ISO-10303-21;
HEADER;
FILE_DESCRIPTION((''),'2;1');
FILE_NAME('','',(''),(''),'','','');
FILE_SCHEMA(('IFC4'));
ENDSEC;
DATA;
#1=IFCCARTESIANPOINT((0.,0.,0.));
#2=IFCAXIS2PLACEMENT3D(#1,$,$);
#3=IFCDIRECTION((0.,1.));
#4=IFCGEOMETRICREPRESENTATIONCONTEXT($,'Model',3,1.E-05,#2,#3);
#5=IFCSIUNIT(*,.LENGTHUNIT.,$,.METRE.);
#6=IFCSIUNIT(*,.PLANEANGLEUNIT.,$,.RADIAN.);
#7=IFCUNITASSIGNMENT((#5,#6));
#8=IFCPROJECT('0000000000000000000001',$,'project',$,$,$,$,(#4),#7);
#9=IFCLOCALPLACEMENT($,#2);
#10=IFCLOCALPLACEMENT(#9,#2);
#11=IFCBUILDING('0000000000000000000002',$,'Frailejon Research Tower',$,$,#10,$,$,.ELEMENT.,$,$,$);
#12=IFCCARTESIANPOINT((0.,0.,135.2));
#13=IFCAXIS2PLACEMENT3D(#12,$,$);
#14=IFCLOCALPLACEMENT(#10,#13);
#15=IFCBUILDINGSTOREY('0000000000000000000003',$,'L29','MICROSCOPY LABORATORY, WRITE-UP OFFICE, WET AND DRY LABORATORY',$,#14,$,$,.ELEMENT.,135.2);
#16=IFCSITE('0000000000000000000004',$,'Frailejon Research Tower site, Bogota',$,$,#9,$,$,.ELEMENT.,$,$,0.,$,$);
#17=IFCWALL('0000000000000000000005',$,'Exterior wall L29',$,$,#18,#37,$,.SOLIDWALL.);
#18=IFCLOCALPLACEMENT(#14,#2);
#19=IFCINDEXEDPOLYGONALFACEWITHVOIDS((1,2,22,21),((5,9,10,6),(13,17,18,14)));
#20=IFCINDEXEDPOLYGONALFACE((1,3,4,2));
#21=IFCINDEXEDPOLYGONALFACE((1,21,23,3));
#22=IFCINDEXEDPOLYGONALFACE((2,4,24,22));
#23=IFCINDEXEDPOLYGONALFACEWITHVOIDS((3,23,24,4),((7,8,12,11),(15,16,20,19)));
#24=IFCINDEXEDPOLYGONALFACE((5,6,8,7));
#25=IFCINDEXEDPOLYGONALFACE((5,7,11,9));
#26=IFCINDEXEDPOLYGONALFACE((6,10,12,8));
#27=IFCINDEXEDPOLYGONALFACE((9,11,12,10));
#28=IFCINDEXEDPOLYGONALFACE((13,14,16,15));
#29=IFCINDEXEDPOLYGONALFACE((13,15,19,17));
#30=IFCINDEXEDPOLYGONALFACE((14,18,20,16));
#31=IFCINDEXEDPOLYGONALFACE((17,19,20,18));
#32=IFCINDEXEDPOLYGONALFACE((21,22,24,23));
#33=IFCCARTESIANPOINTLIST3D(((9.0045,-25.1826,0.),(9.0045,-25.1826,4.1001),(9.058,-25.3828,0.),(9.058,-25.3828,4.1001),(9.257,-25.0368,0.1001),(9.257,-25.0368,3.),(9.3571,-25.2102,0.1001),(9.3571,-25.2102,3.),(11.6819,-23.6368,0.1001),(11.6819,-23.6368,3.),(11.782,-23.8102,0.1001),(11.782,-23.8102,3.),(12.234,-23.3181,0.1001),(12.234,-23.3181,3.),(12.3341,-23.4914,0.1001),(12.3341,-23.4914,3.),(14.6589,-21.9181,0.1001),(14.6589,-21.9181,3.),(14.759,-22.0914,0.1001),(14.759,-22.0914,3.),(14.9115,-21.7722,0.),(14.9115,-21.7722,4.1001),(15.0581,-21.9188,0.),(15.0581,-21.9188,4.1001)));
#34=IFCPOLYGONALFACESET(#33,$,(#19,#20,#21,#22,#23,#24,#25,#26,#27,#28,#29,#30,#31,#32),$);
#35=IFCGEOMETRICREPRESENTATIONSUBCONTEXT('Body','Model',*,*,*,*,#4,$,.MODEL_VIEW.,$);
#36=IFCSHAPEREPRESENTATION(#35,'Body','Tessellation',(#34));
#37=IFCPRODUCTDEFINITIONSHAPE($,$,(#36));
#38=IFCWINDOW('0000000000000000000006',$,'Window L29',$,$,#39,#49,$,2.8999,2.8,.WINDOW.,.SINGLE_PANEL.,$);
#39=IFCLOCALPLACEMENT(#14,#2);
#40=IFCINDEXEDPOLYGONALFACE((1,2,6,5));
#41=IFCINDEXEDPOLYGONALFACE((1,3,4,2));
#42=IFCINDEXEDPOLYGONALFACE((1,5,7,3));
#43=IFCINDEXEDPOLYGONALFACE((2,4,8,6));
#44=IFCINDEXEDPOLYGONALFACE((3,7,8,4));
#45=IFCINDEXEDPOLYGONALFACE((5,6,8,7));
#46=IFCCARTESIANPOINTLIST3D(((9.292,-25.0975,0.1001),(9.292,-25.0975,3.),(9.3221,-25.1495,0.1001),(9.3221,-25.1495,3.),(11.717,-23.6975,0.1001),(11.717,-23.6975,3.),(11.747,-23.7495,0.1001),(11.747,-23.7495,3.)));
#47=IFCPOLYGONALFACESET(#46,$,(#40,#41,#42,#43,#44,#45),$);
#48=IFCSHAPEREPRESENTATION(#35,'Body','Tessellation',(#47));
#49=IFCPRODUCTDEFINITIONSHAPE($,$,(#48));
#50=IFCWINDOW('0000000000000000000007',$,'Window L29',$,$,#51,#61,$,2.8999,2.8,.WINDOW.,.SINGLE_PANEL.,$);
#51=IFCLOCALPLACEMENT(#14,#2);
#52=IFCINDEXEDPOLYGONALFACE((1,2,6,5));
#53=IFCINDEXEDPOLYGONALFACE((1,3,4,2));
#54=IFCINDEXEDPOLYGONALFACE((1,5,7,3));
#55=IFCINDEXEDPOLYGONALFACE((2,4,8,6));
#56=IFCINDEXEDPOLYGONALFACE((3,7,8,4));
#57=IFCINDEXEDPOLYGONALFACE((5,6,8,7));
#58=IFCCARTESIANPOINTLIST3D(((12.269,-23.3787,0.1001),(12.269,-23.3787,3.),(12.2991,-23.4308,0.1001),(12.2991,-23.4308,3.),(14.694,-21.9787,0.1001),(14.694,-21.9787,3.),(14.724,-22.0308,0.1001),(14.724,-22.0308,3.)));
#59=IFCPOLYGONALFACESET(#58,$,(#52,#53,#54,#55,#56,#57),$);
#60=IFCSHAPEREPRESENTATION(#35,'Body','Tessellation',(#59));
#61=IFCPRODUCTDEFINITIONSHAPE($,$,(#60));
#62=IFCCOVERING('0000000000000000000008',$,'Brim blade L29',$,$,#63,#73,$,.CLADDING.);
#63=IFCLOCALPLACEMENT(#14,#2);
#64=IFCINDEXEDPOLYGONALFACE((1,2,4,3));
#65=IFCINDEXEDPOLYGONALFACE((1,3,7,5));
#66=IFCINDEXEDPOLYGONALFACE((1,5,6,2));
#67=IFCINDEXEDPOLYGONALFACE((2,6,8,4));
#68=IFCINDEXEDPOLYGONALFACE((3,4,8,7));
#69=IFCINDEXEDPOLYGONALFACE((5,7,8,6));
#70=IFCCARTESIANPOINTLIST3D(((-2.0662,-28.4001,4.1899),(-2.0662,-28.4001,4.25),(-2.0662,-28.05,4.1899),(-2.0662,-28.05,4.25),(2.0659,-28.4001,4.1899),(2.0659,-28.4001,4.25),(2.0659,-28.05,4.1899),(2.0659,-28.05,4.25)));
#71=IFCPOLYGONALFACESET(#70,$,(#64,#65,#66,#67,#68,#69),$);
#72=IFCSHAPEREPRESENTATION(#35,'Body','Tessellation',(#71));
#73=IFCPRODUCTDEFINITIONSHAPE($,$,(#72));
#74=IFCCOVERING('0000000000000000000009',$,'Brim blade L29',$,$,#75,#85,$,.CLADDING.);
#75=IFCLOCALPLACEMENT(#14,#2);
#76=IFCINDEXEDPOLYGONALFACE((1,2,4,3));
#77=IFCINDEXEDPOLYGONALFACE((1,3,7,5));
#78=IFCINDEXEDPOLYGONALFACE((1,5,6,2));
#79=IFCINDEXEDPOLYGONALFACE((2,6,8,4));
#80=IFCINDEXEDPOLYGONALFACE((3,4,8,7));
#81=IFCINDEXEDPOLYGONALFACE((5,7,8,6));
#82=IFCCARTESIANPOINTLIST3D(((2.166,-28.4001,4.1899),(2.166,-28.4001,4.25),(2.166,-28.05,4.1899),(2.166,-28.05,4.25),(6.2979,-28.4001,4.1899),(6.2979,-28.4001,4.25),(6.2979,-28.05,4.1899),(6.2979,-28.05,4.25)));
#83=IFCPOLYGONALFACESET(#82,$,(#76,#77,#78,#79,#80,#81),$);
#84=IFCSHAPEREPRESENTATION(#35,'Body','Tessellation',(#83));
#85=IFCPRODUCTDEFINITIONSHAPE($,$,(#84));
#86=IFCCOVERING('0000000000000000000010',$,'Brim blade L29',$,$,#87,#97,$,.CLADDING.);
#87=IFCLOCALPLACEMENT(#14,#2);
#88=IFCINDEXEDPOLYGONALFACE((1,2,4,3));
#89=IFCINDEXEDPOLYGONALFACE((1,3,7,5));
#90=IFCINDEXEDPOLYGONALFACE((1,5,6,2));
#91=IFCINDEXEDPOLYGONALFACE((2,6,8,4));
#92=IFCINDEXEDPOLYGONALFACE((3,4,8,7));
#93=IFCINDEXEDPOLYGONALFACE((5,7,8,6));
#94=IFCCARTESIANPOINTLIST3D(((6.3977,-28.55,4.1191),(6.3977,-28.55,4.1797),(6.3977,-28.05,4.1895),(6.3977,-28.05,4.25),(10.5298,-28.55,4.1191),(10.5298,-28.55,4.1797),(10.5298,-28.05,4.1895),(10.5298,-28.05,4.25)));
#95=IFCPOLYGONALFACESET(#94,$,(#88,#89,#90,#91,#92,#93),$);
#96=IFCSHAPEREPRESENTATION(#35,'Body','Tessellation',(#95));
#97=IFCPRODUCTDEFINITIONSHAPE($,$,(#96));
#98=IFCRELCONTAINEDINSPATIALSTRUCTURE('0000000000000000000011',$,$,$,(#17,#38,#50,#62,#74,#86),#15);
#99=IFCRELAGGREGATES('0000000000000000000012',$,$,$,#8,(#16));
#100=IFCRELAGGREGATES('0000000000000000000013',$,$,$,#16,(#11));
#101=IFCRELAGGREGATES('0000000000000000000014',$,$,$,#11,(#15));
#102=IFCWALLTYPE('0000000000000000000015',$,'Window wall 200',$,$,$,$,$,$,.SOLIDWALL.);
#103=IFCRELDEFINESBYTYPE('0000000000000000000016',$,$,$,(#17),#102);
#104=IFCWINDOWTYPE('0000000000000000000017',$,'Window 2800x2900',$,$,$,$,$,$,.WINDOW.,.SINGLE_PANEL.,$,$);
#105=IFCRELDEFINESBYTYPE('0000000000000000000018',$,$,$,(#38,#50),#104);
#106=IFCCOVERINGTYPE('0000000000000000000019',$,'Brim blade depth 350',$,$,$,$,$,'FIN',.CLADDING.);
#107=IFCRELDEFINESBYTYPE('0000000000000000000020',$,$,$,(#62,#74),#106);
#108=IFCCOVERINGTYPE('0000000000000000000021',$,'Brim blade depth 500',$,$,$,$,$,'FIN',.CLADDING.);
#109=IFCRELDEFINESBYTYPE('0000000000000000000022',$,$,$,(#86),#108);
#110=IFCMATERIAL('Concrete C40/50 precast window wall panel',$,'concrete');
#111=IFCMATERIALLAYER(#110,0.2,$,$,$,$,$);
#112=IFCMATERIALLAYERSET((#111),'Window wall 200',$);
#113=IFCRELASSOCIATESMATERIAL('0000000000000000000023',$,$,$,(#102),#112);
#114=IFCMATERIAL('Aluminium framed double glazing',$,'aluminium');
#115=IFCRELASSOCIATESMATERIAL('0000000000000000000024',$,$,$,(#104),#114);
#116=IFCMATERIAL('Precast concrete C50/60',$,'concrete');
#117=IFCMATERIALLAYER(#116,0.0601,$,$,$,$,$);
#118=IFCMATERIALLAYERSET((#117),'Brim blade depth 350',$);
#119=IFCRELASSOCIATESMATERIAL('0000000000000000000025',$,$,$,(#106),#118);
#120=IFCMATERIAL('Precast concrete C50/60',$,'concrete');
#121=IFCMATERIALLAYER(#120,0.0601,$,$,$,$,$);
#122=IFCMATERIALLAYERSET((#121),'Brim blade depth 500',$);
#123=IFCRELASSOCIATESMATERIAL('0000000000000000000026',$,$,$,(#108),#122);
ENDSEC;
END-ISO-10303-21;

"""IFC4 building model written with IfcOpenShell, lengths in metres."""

from ifc_helpers import new_model, si_unit, direction, frame, frame_2d, origin, place, context, subcontext, project, spatial, polyline, rectangle, outline, extrude, material, layer, layer_set, type_object, element, fill, save


model = new_model("IFC4")

# Units and contexts
model_context = context("Model", 3, precision=1e-05, world=origin(), true_north=direction((0.0, 1.0)))
body_context = subcontext(model_context, "Body", "Model", "MODEL_VIEW")
ifc_project = project(units=[si_unit("LENGTHUNIT", "METRE"), si_unit("PLANEANGLEUNIT", "RADIAN")], contexts=[model_context])

# Site, building, storey
site_placement = place(None, origin())
site = spatial("IfcSite", under=ifc_project, at=site_placement, Name="Frailejon Research Tower site, Bogota", CompositionType="ELEMENT", RefElevation=0.0)
building_placement = place(site_placement, origin())
building = spatial("IfcBuilding", under=site, at=building_placement, Name="Frailejon Research Tower", CompositionType="ELEMENT")
storey_placement = place(building_placement, frame((0.0, 0.0, 135.2)))
storey = spatial("IfcBuildingStorey", under=building, at=storey_placement, Name="L29", Description="MICROSCOPY LABORATORY, WRITE-UP OFFICE, WET AND DRY LABORATORY", CompositionType="ELEMENT", Elevation=135.2)

# Wall, openings, windows
ifc_material_1 = material(Name="Concrete C40/50 precast window wall panel", Category="concrete")
ifc_layer_1 = layer(ifc_material_1, 0.2)
ifc_layer_set_1 = layer_set([ifc_layer_1], Name="Window wall 200")
wall_type = type_object("IfcWallType", Name="Window wall 200", PredefinedType="SOLIDWALL", material=ifc_layer_set_1)
wall_placement = place(storey_placement, frame((9.0312, -25.2827, 0.0), z_axis=(0.0, 0.0, 1.0), x_axis=(0.866029, 0.499993, 0.0)))
wall = element("IfcWall", 1, at=wall_placement, inside=storey, type_object=wall_type, Name="Exterior wall L29", PredefinedType="SOLIDWALL", context=body_context, shape_type="SweptSolid", body=[
    extrude(outline(polyline([(-0.0269, -0.1001), (1.1279, -0.1001), (2.2825, -0.1001), (3.4373, -0.1001), (4.592, -0.1001), (5.7466, -0.1001), (6.9014, -0.1001), (6.8477, 0.1001), (5.7109, 0.1001), (4.574, 0.1001), (3.4373, 0.1001), (2.3005, 0.1001), (1.1636, 0.1001), (0.0269, 0.1001), (-0.0269, -0.1001)])), origin(), (0.0, 0.0, 1.0), 4.1001),
])
opening_1_placement = place(wall_placement, frame((0.3186, 0.0, 0.1001)))
opening_1 = element("IfcOpeningElement", 2, at=opening_1_placement, cuts=wall, PredefinedType="OPENING", context=body_context, shape_type="SweptSolid", body=[
    extrude(rectangle(XDim=2.8, YDim=2.8999, at=frame_2d((1.3999, 1.45))), frame((0.0, 0.1099, 0.0), z_axis=(0.0, -1.0, 0.0), x_axis=(1.0, 0.0, 0.0)), (0.0, 0.0, 1.0), 0.22),
])
opening_2_placement = place(wall_placement, frame((3.7561, 0.0, 0.1001)))
opening_2 = element("IfcOpeningElement", 3, at=opening_2_placement, cuts=wall, PredefinedType="OPENING", context=body_context, shape_type="SweptSolid", body=[
    extrude(rectangle(XDim=2.8, YDim=2.8999, at=frame_2d((1.3999, 1.45))), frame((0.0, 0.1099, 0.0), z_axis=(0.0, -1.0, 0.0), x_axis=(1.0, 0.0, 0.0)), (0.0, 0.0, 1.0), 0.22),
])
ifc_material_2 = material(Name="Aluminium framed double glazing", Category="aluminium")
window_type = type_object("IfcWindowType", Name="Window 2800x2900", PartitioningType="SINGLE_PANEL", PredefinedType="WINDOW", material=ifc_material_2)
window_1_placement = place(opening_1_placement, origin())
window_1 = element("IfcWindow", 4, at=window_1_placement, inside=storey, type_object=window_type, Name="Window L29", OverallHeight=2.8999, OverallWidth=2.8, PartitioningType="SINGLE_PANEL", PredefinedType="WINDOW", context=body_context, shape_type="SweptSolid", body=[
    extrude(rectangle(XDim=2.8, YDim=2.8999, at=frame_2d((1.3999, 1.45))), frame((0.0, 0.03, 0.0), z_axis=(0.0, -1.0, 0.0), x_axis=(1.0, 0.0, 0.0)), (0.0, 0.0, 1.0), 0.0601),
])
fill(opening_1, window_1)
window_2_placement = place(opening_2_placement, origin())
window_2 = element("IfcWindow", 5, at=window_2_placement, inside=storey, type_object=window_type, Name="Window L29", OverallHeight=2.8999, OverallWidth=2.8, PartitioningType="SINGLE_PANEL", PredefinedType="WINDOW", context=body_context, shape_type="SweptSolid", body=[
    extrude(rectangle(XDim=2.8, YDim=2.8999, at=frame_2d((1.3999, 1.45))), frame((0.0, 0.03, 0.0), z_axis=(0.0, -1.0, 0.0), x_axis=(1.0, 0.0, 0.0)), (0.0, 0.0, 1.0), 0.0601),
])
fill(opening_2, window_2)

# Coverings
ifc_material_3 = material(Name="Precast concrete C50/60", Category="concrete")
ifc_layer_2 = layer(ifc_material_3, 0.0601)
ifc_layer_set_2 = layer_set([ifc_layer_2], Name="Brim blade depth 350")
covering_type_1 = type_object("IfcCoveringType", Name="Brim blade depth 350", ElementType="FIN", PredefinedType="CLADDING", material=ifc_layer_set_2)
covering_1_placement = place(storey_placement, frame((2.0659, -28.05, 4.25), z_axis=(-1.0, 0.0, 0.0), x_axis=(0.0, -1.0, 0.0)))
element("IfcCovering", 6, at=covering_1_placement, inside=storey, type_object=covering_type_1, Name="Brim blade L29", PredefinedType="CLADDING", context=body_context, shape_type="SweptSolid", body=[
    extrude(outline(polyline([(0.0, -0.0601), (0.3501, -0.0601), (0.3501, 0.0), (0.0, 0.0), (0.0, -0.0601)])), origin(), (0.0, 0.0, 1.0), 4.1321),
])
covering_2_placement = place(storey_placement, frame((6.2979, -28.05, 4.25), z_axis=(-1.0, 0.0, 0.0), x_axis=(0.0, -1.0, 0.0)))
element("IfcCovering", 7, at=covering_2_placement, inside=storey, type_object=covering_type_1, Name="Brim blade L29", PredefinedType="CLADDING", context=body_context, shape_type="SweptSolid", body=[
    extrude(outline(polyline([(0.0, -0.0601), (0.3501, -0.0601), (0.3501, 0.0), (0.0, 0.0), (0.0, -0.0601)])), origin(), (0.0, 0.0, 1.0), 4.1318),
])
ifc_material_4 = material(Name="Precast concrete C50/60", Category="concrete")
ifc_layer_3 = layer(ifc_material_4, 0.0601)
ifc_layer_set_3 = layer_set([ifc_layer_3], Name="Brim blade depth 500")
covering_type_2 = type_object("IfcCoveringType", Name="Brim blade depth 500", ElementType="FIN", PredefinedType="CLADDING", material=ifc_layer_set_3)
covering_3_placement = place(storey_placement, frame((10.5298, -28.05, 4.25), z_axis=(-1.0, 0.0, 0.0), x_axis=(0.0, -1.0, 0.0)))
element("IfcCovering", 8, at=covering_3_placement, inside=storey, type_object=covering_type_2, Name="Brim blade L29", PredefinedType="CLADDING", context=body_context, shape_type="SweptSolid", body=[
    extrude(outline(polyline([(0.0, -0.0605), (0.5, -0.1309), (0.5, -0.0703), (0.0, 0.0), (0.0, -0.0605)])), origin(), (0.0, 0.0, 1.0), 4.1321),
])

save(model, "model.ifc")
